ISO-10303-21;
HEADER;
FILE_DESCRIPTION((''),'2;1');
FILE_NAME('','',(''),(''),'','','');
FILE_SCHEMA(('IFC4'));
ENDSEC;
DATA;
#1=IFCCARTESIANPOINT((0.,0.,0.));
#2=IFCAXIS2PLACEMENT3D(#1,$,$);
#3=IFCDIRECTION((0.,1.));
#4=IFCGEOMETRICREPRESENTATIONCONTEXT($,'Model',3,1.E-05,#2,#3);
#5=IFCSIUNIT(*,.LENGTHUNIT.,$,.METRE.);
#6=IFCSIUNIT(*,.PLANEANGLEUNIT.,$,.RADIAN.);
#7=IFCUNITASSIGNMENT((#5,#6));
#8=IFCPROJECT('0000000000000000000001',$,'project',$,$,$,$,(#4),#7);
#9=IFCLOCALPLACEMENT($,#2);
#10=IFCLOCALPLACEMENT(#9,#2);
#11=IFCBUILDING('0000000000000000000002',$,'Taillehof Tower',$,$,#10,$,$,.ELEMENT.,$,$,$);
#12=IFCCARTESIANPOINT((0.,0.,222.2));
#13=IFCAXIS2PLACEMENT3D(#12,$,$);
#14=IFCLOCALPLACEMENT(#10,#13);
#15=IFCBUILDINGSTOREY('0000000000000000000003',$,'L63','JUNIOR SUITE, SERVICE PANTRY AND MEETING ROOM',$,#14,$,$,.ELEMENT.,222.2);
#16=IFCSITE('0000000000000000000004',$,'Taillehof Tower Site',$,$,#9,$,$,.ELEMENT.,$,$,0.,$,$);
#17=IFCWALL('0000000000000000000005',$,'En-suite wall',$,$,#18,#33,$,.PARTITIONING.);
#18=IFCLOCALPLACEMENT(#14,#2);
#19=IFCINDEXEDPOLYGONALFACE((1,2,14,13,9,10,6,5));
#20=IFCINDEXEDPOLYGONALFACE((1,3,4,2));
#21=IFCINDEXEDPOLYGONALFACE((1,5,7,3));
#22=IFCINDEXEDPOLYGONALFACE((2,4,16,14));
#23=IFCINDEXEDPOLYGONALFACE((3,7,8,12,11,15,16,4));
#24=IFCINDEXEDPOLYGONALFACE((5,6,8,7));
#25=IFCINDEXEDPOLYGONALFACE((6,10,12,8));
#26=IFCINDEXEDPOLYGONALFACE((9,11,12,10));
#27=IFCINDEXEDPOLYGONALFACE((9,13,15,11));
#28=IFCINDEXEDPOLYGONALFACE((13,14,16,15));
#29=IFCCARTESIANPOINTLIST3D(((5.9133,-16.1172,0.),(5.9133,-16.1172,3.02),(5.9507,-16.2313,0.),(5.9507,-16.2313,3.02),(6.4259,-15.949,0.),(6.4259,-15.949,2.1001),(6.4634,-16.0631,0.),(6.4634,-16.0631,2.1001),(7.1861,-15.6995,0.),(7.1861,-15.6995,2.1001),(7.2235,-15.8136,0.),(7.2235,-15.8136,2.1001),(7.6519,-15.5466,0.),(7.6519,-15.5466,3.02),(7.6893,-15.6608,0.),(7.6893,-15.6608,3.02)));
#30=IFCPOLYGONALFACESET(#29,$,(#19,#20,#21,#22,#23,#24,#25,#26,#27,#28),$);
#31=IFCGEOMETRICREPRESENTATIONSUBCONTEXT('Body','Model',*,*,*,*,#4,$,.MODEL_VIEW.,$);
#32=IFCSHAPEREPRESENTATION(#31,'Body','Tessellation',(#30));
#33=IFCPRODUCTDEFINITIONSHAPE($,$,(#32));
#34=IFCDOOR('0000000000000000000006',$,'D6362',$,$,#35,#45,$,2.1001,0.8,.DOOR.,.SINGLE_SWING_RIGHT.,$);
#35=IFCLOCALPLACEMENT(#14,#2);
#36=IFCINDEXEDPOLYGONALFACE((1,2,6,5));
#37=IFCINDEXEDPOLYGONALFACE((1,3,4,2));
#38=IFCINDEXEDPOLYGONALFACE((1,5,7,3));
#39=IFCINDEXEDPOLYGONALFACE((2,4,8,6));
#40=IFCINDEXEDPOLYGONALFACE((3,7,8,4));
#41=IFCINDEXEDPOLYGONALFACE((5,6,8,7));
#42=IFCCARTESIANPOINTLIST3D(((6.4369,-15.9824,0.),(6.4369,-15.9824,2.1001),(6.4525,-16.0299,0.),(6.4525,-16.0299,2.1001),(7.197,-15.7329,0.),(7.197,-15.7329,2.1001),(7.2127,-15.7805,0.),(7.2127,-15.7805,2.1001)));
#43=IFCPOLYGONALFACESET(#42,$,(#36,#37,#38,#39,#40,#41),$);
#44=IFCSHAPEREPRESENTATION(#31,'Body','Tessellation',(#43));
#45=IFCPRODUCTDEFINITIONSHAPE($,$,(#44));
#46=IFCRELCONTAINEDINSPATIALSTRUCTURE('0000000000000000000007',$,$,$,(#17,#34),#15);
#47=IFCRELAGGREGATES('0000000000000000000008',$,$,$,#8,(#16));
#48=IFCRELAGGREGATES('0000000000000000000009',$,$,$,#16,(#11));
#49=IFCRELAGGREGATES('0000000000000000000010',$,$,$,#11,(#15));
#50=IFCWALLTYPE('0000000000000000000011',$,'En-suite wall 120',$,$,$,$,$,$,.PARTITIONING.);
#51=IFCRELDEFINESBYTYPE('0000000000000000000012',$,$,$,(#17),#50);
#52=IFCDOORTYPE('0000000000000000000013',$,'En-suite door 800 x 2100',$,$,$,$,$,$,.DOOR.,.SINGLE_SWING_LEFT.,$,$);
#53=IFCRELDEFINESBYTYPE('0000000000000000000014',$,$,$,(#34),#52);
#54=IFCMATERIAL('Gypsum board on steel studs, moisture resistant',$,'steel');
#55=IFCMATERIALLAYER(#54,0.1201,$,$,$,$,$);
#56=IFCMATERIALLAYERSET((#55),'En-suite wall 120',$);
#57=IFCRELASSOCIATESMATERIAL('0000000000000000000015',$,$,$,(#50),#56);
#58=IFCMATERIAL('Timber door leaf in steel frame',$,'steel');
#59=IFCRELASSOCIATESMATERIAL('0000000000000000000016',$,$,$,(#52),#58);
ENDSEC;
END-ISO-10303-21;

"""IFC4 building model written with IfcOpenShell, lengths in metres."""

from ifc_helpers import new_model, si_unit, direction, frame, frame_2d, origin, place, context, subcontext, project, spatial, rectangle, extrude, material, layer, layer_set, type_object, element, fill, save


model = new_model("IFC4")

# Units and contexts
model_context = context("Model", 3, precision=1e-05, world=origin(), true_north=direction((0.0, 1.0)))
body_context = subcontext(model_context, "Body", "Model", "MODEL_VIEW")
ifc_project = project(units=[si_unit("LENGTHUNIT", "METRE"), si_unit("PLANEANGLEUNIT", "RADIAN")], contexts=[model_context])

# Site, building, storey
site_placement = place(None, origin())
site = spatial("IfcSite", under=ifc_project, at=site_placement, Name="Taillehof Tower Site", CompositionType="ELEMENT", RefElevation=0.0)
building_placement = place(site_placement, origin())
building = spatial("IfcBuilding", under=site, at=building_placement, Name="Taillehof Tower", CompositionType="ELEMENT")
storey_placement = place(building_placement, frame((0.0, 0.0, 222.2)))
storey = spatial("IfcBuildingStorey", under=building, at=storey_placement, Name="L63", Description="JUNIOR SUITE, SERVICE PANTRY AND MEETING ROOM", CompositionType="ELEMENT", Elevation=222.2)

# Wall, opening, door
ifc_material_1 = material(Name="Gypsum board on steel studs, moisture resistant", Category="steel")
ifc_layer_1 = layer(ifc_material_1, 0.1201)
ifc_layer_set_1 = layer_set([ifc_layer_1], Name="En-suite wall 120")
wall_type_1 = type_object("IfcWallType", Name="En-suite wall 120", PredefinedType="PARTITIONING", material=ifc_layer_set_1)
wall_1_placement = place(storey_placement, frame((5.9319, -16.1743, 0.0), z_axis=(0.0, 0.0, 1.0), x_axis=(0.950141, 0.311821, 0.0)))
wall_1 = element("IfcWall", 1, at=wall_1_placement, inside=storey, type_object=wall_type_1, Name="En-suite wall", PredefinedType="PARTITIONING", context=body_context, shape_type="SweptSolid", body=[
    extrude(rectangle(XDim=1.8298, YDim=0.1201, at=frame_2d((0.915, 0.0))), origin(), (0.0, 0.0, 1.0), 3.02),
])
opening_1_placement = place(wall_1_placement, frame((0.5398, 0.0, 0.0)))
opening_1 = element("IfcOpeningElement", 2, at=opening_1_placement, cuts=wall_1, PredefinedType="OPENING", context=body_context, shape_type="SweptSolid", body=[
    extrude(rectangle(XDim=0.8, YDim=2.1001, at=frame_2d((0.3999, 1.05))), frame((0.0, 0.0701, 0.0), z_axis=(0.0, -1.0, 0.0), x_axis=(1.0, 0.0, 0.0)), (0.0, 0.0, 1.0), 0.1401),
])
ifc_material_2 = material(Name="Timber door leaf in steel frame", Category="steel")
door_type = type_object("IfcDoorType", Name="En-suite door 800 x 2100", OperationType="SINGLE_SWING_LEFT", PredefinedType="DOOR", material=ifc_material_2)
door_placement = place(opening_1_placement, origin())
door = element("IfcDoor", 3, at=door_placement, inside=storey, type_object=door_type, Name="D6362", OperationType="SINGLE_SWING_RIGHT", OverallHeight=2.1001, OverallWidth=0.8, PredefinedType="DOOR", context=body_context, shape_type="SweptSolid", body=[
    extrude(rectangle(XDim=0.8, YDim=2.1001, at=frame_2d((0.3999, 1.05))), frame((0.0, 0.0249, 0.0), z_axis=(0.0, -1.0, 0.0), x_axis=(1.0, 0.0, 0.0)), (0.0, 0.0, 1.0), 0.05),
])
fill(opening_1, door)

save(model, "model.ifc")
